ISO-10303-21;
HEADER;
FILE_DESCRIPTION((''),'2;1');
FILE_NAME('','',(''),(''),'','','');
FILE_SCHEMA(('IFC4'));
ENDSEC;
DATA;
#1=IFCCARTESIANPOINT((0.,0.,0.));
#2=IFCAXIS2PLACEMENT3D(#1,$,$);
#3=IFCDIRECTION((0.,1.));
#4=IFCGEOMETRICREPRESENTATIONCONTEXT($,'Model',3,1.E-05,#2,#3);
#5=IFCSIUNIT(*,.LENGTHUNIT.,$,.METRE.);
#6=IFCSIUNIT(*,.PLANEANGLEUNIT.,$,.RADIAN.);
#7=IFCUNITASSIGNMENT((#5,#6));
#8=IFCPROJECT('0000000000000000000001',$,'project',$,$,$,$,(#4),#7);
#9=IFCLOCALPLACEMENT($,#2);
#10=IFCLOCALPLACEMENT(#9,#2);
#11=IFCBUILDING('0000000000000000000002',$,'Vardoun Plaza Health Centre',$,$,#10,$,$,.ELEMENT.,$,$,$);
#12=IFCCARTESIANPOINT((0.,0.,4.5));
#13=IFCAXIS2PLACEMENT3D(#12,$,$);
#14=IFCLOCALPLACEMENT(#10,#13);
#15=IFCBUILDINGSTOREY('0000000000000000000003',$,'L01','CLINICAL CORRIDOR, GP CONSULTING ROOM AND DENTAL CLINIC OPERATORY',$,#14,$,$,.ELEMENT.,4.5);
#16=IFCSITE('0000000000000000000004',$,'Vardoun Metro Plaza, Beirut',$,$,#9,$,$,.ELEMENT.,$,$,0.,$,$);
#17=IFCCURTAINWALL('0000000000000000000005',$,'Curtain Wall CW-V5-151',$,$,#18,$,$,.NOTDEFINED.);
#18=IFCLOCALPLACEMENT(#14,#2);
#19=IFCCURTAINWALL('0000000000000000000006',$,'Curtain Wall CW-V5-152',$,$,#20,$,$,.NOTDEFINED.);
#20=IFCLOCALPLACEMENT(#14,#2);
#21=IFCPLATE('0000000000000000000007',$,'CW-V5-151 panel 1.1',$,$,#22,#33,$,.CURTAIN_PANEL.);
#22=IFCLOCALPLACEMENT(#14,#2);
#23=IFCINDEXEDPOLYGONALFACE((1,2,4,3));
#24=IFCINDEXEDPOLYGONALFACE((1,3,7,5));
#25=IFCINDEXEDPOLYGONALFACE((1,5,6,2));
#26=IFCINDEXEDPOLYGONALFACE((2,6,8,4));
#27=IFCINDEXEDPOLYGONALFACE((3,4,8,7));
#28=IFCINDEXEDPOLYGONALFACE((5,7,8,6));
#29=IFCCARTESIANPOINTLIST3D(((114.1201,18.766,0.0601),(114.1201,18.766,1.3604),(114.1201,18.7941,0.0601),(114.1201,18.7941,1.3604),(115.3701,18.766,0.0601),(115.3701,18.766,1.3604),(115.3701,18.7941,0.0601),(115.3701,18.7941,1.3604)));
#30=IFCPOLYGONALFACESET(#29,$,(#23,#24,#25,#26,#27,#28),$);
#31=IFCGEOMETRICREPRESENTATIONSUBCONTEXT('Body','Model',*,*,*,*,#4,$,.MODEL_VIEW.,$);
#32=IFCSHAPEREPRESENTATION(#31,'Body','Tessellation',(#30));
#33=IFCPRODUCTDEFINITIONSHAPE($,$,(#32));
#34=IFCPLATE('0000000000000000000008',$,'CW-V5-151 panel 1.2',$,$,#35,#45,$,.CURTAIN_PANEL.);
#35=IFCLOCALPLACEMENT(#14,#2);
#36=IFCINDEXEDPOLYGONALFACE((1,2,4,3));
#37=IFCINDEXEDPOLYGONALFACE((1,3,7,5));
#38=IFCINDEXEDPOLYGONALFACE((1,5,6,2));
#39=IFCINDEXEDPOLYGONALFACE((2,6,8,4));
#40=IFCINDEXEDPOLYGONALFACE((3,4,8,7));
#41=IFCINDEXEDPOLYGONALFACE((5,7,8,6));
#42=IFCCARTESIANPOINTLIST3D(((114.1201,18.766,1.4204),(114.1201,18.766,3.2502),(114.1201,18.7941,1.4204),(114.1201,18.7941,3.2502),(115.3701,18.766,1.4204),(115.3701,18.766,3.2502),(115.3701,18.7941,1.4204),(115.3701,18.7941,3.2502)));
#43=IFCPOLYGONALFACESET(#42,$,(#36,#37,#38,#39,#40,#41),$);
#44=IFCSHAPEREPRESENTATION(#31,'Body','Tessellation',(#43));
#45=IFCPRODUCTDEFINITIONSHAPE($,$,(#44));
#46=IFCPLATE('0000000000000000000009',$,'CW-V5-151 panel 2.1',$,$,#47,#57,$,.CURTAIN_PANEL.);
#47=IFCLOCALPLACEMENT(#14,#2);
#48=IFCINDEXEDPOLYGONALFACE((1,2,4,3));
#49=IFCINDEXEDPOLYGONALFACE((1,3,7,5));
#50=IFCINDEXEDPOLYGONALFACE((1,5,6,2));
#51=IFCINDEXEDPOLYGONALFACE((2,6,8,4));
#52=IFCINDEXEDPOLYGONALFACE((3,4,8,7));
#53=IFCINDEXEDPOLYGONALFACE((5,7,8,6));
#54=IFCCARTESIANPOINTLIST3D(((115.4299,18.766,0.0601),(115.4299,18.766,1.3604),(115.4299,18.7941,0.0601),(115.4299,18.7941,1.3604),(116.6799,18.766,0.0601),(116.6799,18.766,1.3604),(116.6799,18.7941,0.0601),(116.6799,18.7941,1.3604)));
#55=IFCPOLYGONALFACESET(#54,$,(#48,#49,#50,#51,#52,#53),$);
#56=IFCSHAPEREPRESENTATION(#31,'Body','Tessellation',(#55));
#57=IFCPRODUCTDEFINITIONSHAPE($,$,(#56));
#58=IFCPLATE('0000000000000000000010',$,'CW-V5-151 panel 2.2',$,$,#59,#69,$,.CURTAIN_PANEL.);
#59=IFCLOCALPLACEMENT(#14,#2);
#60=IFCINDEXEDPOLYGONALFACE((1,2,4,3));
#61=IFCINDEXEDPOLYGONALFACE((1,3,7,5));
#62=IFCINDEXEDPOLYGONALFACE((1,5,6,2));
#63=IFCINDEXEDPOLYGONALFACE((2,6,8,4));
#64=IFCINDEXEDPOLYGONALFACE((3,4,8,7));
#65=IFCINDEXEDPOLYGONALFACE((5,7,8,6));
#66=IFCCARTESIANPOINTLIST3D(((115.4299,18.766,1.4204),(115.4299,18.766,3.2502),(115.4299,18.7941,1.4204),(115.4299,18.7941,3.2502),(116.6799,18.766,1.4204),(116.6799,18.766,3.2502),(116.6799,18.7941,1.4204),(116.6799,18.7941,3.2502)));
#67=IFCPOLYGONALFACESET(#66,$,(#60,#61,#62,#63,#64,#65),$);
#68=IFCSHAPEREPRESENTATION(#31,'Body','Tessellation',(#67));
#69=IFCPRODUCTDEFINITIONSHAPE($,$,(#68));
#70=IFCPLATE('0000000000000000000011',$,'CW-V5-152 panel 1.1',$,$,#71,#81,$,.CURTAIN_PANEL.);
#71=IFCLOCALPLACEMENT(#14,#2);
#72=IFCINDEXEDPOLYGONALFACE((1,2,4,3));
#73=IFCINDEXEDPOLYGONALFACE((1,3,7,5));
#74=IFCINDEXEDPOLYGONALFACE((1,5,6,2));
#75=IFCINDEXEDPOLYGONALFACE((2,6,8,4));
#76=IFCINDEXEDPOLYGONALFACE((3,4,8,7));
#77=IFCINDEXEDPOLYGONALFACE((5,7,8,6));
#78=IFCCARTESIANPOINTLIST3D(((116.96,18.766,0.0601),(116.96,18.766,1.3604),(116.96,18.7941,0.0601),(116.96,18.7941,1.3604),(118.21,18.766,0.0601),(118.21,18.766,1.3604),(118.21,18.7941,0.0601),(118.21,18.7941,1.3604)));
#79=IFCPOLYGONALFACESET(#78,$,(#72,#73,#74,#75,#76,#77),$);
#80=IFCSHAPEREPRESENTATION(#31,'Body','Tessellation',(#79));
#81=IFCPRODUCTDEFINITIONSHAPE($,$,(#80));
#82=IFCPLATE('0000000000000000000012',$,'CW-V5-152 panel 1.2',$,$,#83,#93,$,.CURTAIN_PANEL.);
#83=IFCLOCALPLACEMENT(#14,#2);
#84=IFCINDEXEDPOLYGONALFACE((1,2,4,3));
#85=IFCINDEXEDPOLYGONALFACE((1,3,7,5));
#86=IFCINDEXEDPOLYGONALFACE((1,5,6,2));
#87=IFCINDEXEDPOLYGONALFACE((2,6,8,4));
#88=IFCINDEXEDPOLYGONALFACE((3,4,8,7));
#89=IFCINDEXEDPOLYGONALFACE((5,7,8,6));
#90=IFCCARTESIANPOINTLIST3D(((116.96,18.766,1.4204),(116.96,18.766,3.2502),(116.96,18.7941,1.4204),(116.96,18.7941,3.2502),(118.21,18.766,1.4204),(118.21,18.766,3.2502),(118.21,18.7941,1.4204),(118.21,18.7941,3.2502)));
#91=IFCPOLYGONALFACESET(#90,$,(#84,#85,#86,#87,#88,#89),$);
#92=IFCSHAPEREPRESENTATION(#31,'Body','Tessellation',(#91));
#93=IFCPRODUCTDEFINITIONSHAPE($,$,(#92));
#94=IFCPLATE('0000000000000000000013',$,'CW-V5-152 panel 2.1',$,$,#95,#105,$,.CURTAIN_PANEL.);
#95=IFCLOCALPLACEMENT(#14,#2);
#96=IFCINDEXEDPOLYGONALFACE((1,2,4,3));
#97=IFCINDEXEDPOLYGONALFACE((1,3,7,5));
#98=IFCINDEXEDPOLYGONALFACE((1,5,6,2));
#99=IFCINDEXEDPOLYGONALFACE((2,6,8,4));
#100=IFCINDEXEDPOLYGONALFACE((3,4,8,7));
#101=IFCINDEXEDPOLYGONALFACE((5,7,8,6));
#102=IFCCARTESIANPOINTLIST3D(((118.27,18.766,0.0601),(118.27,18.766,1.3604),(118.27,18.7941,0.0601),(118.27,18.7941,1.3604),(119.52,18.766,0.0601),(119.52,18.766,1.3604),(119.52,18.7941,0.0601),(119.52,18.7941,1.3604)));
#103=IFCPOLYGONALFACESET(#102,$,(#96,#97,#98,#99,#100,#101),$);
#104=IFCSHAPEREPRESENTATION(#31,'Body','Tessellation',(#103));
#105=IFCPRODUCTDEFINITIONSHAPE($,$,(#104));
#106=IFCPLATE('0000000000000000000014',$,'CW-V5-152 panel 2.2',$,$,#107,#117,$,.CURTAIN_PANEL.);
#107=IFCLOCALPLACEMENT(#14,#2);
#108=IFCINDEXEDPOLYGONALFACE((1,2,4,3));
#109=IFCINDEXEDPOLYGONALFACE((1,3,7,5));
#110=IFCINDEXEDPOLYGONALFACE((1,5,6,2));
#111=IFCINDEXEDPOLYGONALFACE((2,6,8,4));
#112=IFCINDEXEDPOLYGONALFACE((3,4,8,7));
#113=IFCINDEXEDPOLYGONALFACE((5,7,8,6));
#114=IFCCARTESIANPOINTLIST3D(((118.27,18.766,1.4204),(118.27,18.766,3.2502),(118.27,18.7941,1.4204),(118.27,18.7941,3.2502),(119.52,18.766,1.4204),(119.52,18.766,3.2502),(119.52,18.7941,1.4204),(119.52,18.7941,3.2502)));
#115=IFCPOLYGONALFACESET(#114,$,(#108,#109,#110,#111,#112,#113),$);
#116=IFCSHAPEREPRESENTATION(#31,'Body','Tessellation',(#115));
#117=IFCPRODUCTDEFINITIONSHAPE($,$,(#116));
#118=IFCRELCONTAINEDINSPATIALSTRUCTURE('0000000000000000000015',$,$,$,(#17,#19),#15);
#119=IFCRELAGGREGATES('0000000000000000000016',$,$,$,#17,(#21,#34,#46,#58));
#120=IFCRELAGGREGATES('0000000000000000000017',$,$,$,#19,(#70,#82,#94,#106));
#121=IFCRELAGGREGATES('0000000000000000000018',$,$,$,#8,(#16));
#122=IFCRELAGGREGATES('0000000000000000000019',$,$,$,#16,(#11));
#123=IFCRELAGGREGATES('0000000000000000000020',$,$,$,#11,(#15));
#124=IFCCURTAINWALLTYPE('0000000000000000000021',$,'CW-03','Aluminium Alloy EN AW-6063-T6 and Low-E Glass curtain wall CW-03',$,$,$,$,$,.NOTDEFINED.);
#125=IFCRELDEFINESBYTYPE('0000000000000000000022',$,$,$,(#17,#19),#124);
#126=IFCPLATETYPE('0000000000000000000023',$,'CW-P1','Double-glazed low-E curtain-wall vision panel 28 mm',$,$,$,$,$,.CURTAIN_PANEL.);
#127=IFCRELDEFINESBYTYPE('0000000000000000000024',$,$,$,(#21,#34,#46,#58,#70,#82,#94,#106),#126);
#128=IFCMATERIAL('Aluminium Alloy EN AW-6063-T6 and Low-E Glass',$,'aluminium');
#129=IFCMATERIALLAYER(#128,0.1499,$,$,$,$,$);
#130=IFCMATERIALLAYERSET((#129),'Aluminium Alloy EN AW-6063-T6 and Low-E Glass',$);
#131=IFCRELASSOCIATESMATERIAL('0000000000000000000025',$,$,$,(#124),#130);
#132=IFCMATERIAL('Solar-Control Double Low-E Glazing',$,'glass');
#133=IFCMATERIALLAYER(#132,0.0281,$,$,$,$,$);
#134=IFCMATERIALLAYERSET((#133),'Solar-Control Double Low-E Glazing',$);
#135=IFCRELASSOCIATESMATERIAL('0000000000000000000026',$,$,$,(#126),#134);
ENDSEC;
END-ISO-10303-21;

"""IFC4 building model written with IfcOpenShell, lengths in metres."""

from ifc_helpers import new_model, si_unit, direction, frame, origin, origin_2d, place, context, subcontext, project, spatial, rectangle, extrude, material, layer, layer_set, type_object, element, aggregate, save


model = new_model("IFC4")

# Units and contexts
model_context = context("Model", 3, precision=1e-05, world=origin(), true_north=direction((0.0, 1.0)))
body_context = subcontext(model_context, "Body", "Model", "MODEL_VIEW")
ifc_project = project(units=[si_unit("LENGTHUNIT", "METRE"), si_unit("PLANEANGLEUNIT", "RADIAN")], contexts=[model_context])

# Site, building, storey
site_placement = place(None, origin())
site = spatial("IfcSite", under=ifc_project, at=site_placement, Name="Vardoun Metro Plaza, Beirut", CompositionType="ELEMENT", RefElevation=0.0)
building_placement = place(site_placement, origin())
building = spatial("IfcBuilding", under=site, at=building_placement, Name="Vardoun Plaza Health Centre", CompositionType="ELEMENT")
storey_placement = place(building_placement, frame((0.0, 0.0, 4.5)))
storey = spatial("IfcBuildingStorey", under=building, at=storey_placement, Name="L01", Description="CLINICAL CORRIDOR, GP CONSULTING ROOM AND DENTAL CLINIC OPERATORY", CompositionType="ELEMENT", Elevation=4.5)

# Curtain walls
ifc_material_1 = material(Name="Aluminium Alloy EN AW-6063-T6 and Low-E Glass", Category="aluminium")
ifc_layer_1 = layer(ifc_material_1, 0.1499)
ifc_layer_set_1 = layer_set([ifc_layer_1], Name="Aluminium Alloy EN AW-6063-T6 and Low-E Glass")
curtain_wall_type = type_object("IfcCurtainWallType", Name="CW-03", Description="Aluminium Alloy EN AW-6063-T6 and Low-E Glass curtain wall CW-03", PredefinedType="NOTDEFINED", material=ifc_layer_set_1)
curtain_wall_1_placement = place(storey_placement, origin())
curtain_wall_1 = element("IfcCurtainWall", 1, at=curtain_wall_1_placement, inside=storey, type_object=curtain_wall_type, Name="Curtain Wall CW-V5-151", PredefinedType="NOTDEFINED")
curtain_wall_2_placement = place(storey_placement, origin())
curtain_wall_2 = element("IfcCurtainWall", 2, at=curtain_wall_2_placement, inside=storey, type_object=curtain_wall_type, Name="Curtain Wall CW-V5-152", PredefinedType="NOTDEFINED")

# Plates
ifc_material_2 = material(Name="Solar-Control Double Low-E Glazing", Category="glass")
ifc_layer_2 = layer(ifc_material_2, 0.0281)
ifc_layer_set_2 = layer_set([ifc_layer_2], Name="Solar-Control Double Low-E Glazing")
plate_type = type_object("IfcPlateType", Name="CW-P1", Description="Double-glazed low-E curtain-wall vision panel 28 mm", PredefinedType="CURTAIN_PANEL", material=ifc_layer_set_2)
plate_1_placement = place(storey_placement, frame((114.7451, 18.78, 0.0601), z_axis=(0.0, 0.0, 1.0), x_axis=(1.0, 0.0, 0.0)))
plate_1 = element("IfcPlate", 3, at=plate_1_placement, type_object=plate_type, Name="CW-V5-151 panel 1.1", PredefinedType="CURTAIN_PANEL", context=body_context, shape_type="SweptSolid", body=[
    extrude(rectangle(XDim=1.25, YDim=0.0281, at=origin_2d()), origin(), (0.0, 0.0, 1.0), 1.3003),
])
plate_2_placement = place(storey_placement, frame((114.7451, 18.78, 1.4204), z_axis=(0.0, 0.0, 1.0), x_axis=(1.0, 0.0, 0.0)))
plate_2 = element("IfcPlate", 4, at=plate_2_placement, type_object=plate_type, Name="CW-V5-151 panel 1.2", PredefinedType="CURTAIN_PANEL", context=body_context, shape_type="SweptSolid", body=[
    extrude(rectangle(XDim=1.25, YDim=0.0281, at=origin_2d()), origin(), (0.0, 0.0, 1.0), 1.8298),
])
plate_3_placement = place(storey_placement, frame((116.0549, 18.78, 0.0601), z_axis=(0.0, 0.0, 1.0), x_axis=(1.0, 0.0, 0.0)))
plate_3 = element("IfcPlate", 5, at=plate_3_placement, type_object=plate_type, Name="CW-V5-151 panel 2.1", PredefinedType="CURTAIN_PANEL", context=body_context, shape_type="SweptSolid", body=[
    extrude(rectangle(XDim=1.25, YDim=0.0281, at=origin_2d()), origin(), (0.0, 0.0, 1.0), 1.3003),
])
plate_4_placement = place(storey_placement, frame((116.0549, 18.78, 1.4204), z_axis=(0.0, 0.0, 1.0), x_axis=(1.0, 0.0, 0.0)))
plate_4 = element("IfcPlate", 6, at=plate_4_placement, type_object=plate_type, Name="CW-V5-151 panel 2.2", PredefinedType="CURTAIN_PANEL", context=body_context, shape_type="SweptSolid", body=[
    extrude(rectangle(XDim=1.25, YDim=0.0281, at=origin_2d()), origin(), (0.0, 0.0, 1.0), 1.8298),
])
aggregate(curtain_wall_1, [plate_1, plate_2, plate_3, plate_4])
plate_5_placement = place(storey_placement, frame((117.585, 18.78, 0.0601), z_axis=(0.0, 0.0, 1.0), x_axis=(1.0, 0.0, 0.0)))
plate_5 = element("IfcPlate", 7, at=plate_5_placement, type_object=plate_type, Name="CW-V5-152 panel 1.1", PredefinedType="CURTAIN_PANEL", context=body_context, shape_type="SweptSolid", body=[
    extrude(rectangle(XDim=1.25, YDim=0.0281, at=origin_2d()), origin(), (0.0, 0.0, 1.0), 1.3003),
])
plate_6_placement = place(storey_placement, frame((117.585, 18.78, 1.4204), z_axis=(0.0, 0.0, 1.0), x_axis=(1.0, 0.0, 0.0)))
plate_6 = element("IfcPlate", 8, at=plate_6_placement, type_object=plate_type, Name="CW-V5-152 panel 1.2", PredefinedType="CURTAIN_PANEL", context=body_context, shape_type="SweptSolid", body=[
    extrude(rectangle(XDim=1.25, YDim=0.0281, at=origin_2d()), origin(), (0.0, 0.0, 1.0), 1.8298),
])
plate_7_placement = place(storey_placement, frame((118.895, 18.78, 0.0601), z_axis=(0.0, 0.0, 1.0), x_axis=(1.0, 0.0, 0.0)))
plate_7 = element("IfcPlate", 9, at=plate_7_placement, type_object=plate_type, Name="CW-V5-152 panel 2.1", PredefinedType="CURTAIN_PANEL", context=body_context, shape_type="SweptSolid", body=[
    extrude(rectangle(XDim=1.25, YDim=0.0281, at=origin_2d()), origin(), (0.0, 0.0, 1.0), 1.3003),
])
plate_8_placement = place(storey_placement, frame((118.895, 18.78, 1.4204), z_axis=(0.0, 0.0, 1.0), x_axis=(1.0, 0.0, 0.0)))
plate_8 = element("IfcPlate", 10, at=plate_8_placement, type_object=plate_type, Name="CW-V5-152 panel 2.2", PredefinedType="CURTAIN_PANEL", context=body_context, shape_type="SweptSolid", body=[
    extrude(rectangle(XDim=1.25, YDim=0.0281, at=origin_2d()), origin(), (0.0, 0.0, 1.0), 1.8298),
])
aggregate(curtain_wall_2, [plate_5, plate_6, plate_7, plate_8])

save(model, "model.ifc")
